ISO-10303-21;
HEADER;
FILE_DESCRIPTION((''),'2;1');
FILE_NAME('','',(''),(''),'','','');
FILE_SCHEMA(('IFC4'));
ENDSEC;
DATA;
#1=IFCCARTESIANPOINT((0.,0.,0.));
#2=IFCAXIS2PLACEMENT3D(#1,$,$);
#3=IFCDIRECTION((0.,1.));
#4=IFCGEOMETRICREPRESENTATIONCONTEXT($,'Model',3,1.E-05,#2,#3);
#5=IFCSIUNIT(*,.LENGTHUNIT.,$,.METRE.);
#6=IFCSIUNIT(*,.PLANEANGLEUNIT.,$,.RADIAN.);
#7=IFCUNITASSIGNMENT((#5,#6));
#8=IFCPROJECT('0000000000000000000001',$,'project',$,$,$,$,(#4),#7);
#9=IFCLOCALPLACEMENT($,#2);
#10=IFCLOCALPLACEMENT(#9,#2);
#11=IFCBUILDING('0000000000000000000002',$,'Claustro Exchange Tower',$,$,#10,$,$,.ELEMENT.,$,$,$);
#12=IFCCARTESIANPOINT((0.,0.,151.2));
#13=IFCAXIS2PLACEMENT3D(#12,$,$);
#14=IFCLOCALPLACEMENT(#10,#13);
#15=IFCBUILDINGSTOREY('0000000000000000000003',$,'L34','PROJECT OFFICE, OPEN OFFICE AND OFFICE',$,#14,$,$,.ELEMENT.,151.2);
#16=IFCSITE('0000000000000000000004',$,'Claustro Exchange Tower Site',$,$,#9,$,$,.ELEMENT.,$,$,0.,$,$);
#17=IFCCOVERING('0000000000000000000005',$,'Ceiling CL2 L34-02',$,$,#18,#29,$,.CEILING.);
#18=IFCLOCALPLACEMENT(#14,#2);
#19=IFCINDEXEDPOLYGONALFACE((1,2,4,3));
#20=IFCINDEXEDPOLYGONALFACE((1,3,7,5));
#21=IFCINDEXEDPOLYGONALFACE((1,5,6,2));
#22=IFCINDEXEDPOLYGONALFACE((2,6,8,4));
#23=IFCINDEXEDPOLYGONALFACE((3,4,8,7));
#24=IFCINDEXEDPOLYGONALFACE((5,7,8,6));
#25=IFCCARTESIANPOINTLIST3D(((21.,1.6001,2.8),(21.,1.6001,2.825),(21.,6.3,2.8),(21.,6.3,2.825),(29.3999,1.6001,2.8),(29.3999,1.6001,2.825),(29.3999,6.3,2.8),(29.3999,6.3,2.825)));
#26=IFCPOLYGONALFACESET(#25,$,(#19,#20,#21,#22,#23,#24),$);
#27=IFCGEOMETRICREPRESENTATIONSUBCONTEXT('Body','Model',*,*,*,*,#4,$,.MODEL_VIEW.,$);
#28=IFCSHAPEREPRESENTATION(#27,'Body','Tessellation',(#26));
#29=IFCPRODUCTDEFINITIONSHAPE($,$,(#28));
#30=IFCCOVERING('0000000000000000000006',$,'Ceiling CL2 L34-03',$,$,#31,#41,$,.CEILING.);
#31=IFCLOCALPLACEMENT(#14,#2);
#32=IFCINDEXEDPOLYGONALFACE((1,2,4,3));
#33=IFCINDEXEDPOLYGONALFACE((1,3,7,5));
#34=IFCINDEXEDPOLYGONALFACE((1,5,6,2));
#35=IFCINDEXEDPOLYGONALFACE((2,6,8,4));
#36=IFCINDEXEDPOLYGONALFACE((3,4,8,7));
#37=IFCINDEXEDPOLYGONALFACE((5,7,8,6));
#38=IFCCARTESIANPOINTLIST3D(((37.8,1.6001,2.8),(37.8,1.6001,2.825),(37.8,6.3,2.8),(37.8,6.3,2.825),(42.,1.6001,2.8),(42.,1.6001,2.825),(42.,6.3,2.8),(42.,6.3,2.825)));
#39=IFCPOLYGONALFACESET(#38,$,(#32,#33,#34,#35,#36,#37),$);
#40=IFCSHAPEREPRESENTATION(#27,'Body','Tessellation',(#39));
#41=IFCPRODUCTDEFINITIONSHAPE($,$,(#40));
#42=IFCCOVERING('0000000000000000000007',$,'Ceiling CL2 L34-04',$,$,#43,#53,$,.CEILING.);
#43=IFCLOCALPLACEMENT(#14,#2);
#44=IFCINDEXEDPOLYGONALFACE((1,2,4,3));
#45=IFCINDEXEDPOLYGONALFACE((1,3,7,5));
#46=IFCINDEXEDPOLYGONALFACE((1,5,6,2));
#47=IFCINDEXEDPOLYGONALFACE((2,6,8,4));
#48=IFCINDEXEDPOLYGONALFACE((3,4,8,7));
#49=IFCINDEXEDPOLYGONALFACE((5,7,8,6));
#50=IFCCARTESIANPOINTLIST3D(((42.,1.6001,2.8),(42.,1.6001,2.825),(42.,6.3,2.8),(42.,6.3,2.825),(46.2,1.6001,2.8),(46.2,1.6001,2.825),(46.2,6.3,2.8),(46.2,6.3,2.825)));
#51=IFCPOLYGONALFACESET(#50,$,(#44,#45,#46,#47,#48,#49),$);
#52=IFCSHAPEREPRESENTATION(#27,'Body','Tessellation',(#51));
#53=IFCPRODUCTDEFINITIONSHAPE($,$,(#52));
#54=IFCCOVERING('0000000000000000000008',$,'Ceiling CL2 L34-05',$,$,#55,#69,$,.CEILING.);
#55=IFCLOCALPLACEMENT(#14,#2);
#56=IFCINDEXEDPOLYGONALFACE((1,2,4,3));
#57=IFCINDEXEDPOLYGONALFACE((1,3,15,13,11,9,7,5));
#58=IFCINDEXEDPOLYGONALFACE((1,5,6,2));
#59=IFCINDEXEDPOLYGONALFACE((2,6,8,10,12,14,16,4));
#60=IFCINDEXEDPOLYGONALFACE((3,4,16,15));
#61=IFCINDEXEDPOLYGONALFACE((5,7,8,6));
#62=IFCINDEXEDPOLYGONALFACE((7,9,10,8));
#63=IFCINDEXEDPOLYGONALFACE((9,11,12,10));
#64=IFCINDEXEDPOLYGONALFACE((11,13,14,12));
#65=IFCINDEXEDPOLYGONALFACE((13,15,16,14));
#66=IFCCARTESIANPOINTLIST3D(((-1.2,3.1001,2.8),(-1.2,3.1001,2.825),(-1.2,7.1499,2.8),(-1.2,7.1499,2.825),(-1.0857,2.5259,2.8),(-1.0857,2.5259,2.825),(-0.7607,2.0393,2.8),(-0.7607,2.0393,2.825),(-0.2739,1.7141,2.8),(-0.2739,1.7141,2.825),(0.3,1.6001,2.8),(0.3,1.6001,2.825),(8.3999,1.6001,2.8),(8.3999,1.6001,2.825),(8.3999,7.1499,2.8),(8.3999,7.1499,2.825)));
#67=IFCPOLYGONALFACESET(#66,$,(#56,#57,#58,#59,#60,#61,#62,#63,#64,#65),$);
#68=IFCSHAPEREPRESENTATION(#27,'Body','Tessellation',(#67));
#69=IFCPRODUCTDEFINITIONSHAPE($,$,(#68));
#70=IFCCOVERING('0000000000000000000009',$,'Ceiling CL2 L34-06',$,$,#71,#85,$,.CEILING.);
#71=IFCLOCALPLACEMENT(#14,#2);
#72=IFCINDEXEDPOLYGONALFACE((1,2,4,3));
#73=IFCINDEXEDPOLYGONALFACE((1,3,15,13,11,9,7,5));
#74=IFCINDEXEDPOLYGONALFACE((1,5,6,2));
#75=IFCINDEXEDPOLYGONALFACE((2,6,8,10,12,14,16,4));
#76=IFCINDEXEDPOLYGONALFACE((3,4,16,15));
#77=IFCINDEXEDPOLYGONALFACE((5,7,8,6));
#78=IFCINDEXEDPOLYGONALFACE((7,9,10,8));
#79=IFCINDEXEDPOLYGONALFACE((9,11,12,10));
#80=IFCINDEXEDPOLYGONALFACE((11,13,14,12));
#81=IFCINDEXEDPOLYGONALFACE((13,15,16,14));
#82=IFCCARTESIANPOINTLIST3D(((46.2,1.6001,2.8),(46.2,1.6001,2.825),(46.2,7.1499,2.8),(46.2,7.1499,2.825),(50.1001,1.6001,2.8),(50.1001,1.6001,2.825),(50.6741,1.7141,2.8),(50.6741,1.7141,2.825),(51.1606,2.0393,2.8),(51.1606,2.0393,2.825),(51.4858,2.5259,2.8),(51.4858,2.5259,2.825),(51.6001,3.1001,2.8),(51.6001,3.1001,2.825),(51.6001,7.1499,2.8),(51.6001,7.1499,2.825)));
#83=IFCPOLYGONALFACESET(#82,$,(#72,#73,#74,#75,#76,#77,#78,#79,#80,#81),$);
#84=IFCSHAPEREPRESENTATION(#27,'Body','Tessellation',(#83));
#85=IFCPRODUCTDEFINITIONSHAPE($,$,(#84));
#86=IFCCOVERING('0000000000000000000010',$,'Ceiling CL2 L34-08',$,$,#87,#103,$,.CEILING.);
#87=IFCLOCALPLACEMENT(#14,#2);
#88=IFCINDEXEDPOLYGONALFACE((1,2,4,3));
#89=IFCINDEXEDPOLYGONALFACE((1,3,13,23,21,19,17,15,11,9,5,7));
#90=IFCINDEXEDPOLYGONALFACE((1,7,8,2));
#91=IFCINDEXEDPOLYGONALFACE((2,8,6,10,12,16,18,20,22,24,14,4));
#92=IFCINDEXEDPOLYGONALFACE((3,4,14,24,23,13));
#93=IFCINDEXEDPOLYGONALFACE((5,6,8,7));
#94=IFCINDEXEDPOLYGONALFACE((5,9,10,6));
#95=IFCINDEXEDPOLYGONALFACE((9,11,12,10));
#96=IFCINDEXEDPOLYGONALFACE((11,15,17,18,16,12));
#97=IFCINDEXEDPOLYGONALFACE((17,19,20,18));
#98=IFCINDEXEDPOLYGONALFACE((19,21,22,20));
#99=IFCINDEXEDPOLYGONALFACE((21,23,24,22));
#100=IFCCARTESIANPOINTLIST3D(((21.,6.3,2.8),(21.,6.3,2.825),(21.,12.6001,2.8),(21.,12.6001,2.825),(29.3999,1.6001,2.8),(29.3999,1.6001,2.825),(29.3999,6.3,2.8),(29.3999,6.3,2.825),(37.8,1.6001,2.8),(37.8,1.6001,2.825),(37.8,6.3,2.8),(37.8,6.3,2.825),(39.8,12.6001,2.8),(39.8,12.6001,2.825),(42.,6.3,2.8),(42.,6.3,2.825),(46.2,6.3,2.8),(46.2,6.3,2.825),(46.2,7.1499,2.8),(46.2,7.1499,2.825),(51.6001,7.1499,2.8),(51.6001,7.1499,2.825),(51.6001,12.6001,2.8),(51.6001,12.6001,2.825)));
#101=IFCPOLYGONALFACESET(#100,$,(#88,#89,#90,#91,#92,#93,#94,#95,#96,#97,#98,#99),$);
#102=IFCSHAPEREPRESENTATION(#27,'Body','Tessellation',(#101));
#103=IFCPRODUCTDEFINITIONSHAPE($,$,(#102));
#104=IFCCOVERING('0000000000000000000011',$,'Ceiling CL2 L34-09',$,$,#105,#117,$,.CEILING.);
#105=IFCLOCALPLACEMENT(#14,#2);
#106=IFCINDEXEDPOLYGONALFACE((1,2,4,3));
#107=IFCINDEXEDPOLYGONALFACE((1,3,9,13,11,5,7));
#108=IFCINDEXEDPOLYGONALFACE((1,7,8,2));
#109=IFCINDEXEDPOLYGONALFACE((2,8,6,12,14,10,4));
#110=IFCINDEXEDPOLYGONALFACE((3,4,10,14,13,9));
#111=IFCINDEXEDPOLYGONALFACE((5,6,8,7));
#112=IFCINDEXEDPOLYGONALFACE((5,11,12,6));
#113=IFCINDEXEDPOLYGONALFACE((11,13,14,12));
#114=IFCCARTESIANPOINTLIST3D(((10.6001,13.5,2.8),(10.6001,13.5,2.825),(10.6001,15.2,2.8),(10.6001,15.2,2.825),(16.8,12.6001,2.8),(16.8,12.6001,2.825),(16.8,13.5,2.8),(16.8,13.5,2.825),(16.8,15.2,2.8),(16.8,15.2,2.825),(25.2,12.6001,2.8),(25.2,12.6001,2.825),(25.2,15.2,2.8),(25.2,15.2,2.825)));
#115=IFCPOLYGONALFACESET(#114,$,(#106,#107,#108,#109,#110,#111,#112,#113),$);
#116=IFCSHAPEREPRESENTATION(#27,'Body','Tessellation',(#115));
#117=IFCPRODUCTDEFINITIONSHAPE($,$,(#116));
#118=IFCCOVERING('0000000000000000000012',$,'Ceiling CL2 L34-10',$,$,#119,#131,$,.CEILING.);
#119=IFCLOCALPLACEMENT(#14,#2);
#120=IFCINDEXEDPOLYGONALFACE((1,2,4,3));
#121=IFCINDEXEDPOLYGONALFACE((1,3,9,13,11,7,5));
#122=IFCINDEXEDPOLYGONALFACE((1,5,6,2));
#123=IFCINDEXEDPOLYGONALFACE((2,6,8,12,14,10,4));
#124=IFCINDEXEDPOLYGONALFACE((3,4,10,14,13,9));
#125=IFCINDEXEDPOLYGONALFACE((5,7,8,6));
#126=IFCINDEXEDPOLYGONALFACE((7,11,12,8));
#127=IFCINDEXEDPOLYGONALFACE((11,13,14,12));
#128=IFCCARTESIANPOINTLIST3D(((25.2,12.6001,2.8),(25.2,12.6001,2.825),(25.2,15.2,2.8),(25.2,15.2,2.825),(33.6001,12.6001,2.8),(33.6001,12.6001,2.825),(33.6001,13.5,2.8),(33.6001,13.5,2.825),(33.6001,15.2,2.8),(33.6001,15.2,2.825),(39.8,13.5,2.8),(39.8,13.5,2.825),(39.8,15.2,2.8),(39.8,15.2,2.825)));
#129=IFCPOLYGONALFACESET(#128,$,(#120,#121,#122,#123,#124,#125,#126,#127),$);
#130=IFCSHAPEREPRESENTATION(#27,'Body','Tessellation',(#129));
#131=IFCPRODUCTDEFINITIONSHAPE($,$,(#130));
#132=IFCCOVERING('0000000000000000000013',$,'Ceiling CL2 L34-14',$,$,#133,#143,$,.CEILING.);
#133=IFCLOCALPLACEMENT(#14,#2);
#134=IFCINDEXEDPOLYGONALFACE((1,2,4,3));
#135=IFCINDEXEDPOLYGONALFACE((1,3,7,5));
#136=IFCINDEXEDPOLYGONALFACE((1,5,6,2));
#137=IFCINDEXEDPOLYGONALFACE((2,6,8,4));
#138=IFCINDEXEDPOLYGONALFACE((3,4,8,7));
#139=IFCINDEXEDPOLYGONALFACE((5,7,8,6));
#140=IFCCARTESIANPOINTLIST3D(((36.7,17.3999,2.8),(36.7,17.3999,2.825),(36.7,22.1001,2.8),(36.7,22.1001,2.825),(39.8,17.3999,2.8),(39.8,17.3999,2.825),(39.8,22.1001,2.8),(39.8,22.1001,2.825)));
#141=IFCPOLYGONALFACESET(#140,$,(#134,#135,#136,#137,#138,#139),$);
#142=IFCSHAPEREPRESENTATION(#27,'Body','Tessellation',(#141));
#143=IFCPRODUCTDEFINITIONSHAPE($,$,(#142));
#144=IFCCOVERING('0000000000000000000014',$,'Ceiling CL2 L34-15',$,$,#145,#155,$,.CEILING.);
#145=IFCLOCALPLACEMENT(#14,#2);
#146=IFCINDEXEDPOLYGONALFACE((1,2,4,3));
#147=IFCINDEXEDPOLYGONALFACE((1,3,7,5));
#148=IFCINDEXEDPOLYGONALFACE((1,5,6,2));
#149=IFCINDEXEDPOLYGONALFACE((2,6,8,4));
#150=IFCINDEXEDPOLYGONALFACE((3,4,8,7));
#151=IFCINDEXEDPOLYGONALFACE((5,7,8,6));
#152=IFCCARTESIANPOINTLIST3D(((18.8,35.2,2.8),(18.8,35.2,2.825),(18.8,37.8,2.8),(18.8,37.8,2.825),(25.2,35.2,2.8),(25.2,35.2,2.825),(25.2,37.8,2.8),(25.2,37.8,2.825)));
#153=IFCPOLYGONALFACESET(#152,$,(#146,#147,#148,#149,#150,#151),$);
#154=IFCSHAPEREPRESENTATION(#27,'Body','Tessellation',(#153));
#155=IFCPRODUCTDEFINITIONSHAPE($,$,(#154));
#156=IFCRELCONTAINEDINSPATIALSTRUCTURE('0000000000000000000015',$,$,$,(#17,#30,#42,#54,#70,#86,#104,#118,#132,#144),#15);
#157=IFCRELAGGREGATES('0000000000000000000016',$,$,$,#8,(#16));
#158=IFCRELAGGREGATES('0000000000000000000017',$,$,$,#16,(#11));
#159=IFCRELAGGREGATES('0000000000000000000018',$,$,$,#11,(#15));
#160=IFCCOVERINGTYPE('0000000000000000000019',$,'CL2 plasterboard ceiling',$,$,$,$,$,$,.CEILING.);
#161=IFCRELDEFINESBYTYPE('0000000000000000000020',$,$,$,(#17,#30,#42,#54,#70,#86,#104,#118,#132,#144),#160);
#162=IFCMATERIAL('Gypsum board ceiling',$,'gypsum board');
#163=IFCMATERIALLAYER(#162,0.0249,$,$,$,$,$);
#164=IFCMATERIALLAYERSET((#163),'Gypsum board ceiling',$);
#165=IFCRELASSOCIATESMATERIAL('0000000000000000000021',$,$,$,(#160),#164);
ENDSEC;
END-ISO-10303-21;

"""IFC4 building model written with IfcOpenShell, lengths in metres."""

from ifc_helpers import new_model, si_unit, direction, frame, origin, place, context, subcontext, project, spatial, polyline, outline, extrude, material, layer, layer_set, type_object, element, save


model = new_model("IFC4")

# Units and contexts
model_context = context("Model", 3, precision=1e-05, world=origin(), true_north=direction((0.0, 1.0)))
body_context = subcontext(model_context, "Body", "Model", "MODEL_VIEW")
ifc_project = project(units=[si_unit("LENGTHUNIT", "METRE"), si_unit("PLANEANGLEUNIT", "RADIAN")], contexts=[model_context])

# Site, building, storey
site_placement = place(None, origin())
site = spatial("IfcSite", under=ifc_project, at=site_placement, Name="Claustro Exchange Tower Site", CompositionType="ELEMENT", RefElevation=0.0)
building_placement = place(site_placement, origin())
building = spatial("IfcBuilding", under=site, at=building_placement, Name="Claustro Exchange Tower", CompositionType="ELEMENT")
storey_placement = place(building_placement, frame((0.0, 0.0, 151.2)))
storey = spatial("IfcBuildingStorey", under=building, at=storey_placement, Name="L34", Description="PROJECT OFFICE, OPEN OFFICE AND OFFICE", CompositionType="ELEMENT", Elevation=151.2)

# Coverings
ifc_material_1 = material(Name="Gypsum board ceiling", Category="gypsum board")
ifc_layer_1 = layer(ifc_material_1, 0.0249)
ifc_layer_set_1 = layer_set([ifc_layer_1], Name="Gypsum board ceiling")
covering_type_1 = type_object("IfcCoveringType", Name="CL2 plasterboard ceiling", PredefinedType="CEILING", material=ifc_layer_set_1)
covering_1_placement = place(storey_placement, frame((0.0, 0.0, 2.8)))
element("IfcCovering", 1, at=covering_1_placement, inside=storey, type_object=covering_type_1, Name="Ceiling CL2 L34-02", PredefinedType="CEILING", context=body_context, shape_type="SweptSolid", body=[
    extrude(outline(polyline([(21.0, 1.6001), (29.3999, 1.6001), (29.3999, 6.3), (21.0, 6.3), (21.0, 1.6001)])), origin(), (0.0, 0.0, 1.0), 0.0249),
])
covering_2_placement = place(storey_placement, frame((0.0, 0.0, 2.8)))
element("IfcCovering", 2, at=covering_2_placement, inside=storey, type_object=covering_type_1, Name="Ceiling CL2 L34-03", PredefinedType="CEILING", context=body_context, shape_type="SweptSolid", body=[
    extrude(outline(polyline([(37.8, 1.6001), (42.0, 1.6001), (42.0, 6.3), (37.8, 6.3), (37.8, 1.6001)])), origin(), (0.0, 0.0, 1.0), 0.0249),
])
covering_3_placement = place(storey_placement, frame((0.0, 0.0, 2.8)))
element("IfcCovering", 3, at=covering_3_placement, inside=storey, type_object=covering_type_1, Name="Ceiling CL2 L34-04", PredefinedType="CEILING", context=body_context, shape_type="SweptSolid", body=[
    extrude(outline(polyline([(42.0, 1.6001), (46.2, 1.6001), (46.2, 6.3), (42.0, 6.3), (42.0, 1.6001)])), origin(), (0.0, 0.0, 1.0), 0.0249),
])
covering_4_placement = place(storey_placement, frame((0.0, 0.0, 2.8)))
element("IfcCovering", 4, at=covering_4_placement, inside=storey, type_object=covering_type_1, Name="Ceiling CL2 L34-05", PredefinedType="CEILING", context=body_context, shape_type="SweptSolid", body=[
    extrude(outline(polyline([(-1.0857, 2.5259), (-0.7607, 2.0393), (-0.2739, 1.7141), (0.3, 1.6001), (8.3999, 1.6001), (8.3999, 7.1499), (-1.2, 7.1499), (-1.2, 3.1001), (-1.0857, 2.5259)])), origin(), (0.0, 0.0, 1.0), 0.0249),
])
covering_5_placement = place(storey_placement, frame((0.0, 0.0, 2.8)))
element("IfcCovering", 5, at=covering_5_placement, inside=storey, type_object=covering_type_1, Name="Ceiling CL2 L34-06", PredefinedType="CEILING", context=body_context, shape_type="SweptSolid", body=[
    extrude(outline(polyline([(51.6001, 3.1001), (51.6001, 7.1499), (46.2, 7.1499), (46.2, 1.6001), (50.1001, 1.6001), (50.6741, 1.7141), (51.1606, 2.0393), (51.4858, 2.5259), (51.6001, 3.1001)])), origin(), (0.0, 0.0, 1.0), 0.0249),
])
covering_6_placement = place(storey_placement, frame((0.0, 0.0, 2.8)))
element("IfcCovering", 6, at=covering_6_placement, inside=storey, type_object=covering_type_1, Name="Ceiling CL2 L34-08", PredefinedType="CEILING", context=body_context, shape_type="SweptSolid", body=[
    extrude(outline(polyline([(51.6001, 12.6001), (39.8, 12.6001), (21.0, 12.6001), (21.0, 6.3), (29.3999, 6.3), (29.3999, 1.6001), (37.8, 1.6001), (37.8, 6.3), (42.0, 6.3), (46.2, 6.3), (46.2, 7.1499), (51.6001, 7.1499), (51.6001, 12.6001)])), origin(), (0.0, 0.0, 1.0), 0.0249),
])
covering_7_placement = place(storey_placement, frame((0.0, 0.0, 2.8)))
element("IfcCovering", 7, at=covering_7_placement, inside=storey, type_object=covering_type_1, Name="Ceiling CL2 L34-09", PredefinedType="CEILING", context=body_context, shape_type="SweptSolid", body=[
    extrude(outline(polyline([(10.6001, 15.2), (10.6001, 13.5), (16.8, 13.5), (16.8, 12.6001), (25.2, 12.6001), (25.2, 15.2), (16.8, 15.2), (10.6001, 15.2)])), origin(), (0.0, 0.0, 1.0), 0.0249),
])
covering_8_placement = place(storey_placement, frame((0.0, 0.0, 2.8)))
element("IfcCovering", 8, at=covering_8_placement, inside=storey, type_object=covering_type_1, Name="Ceiling CL2 L34-10", PredefinedType="CEILING", context=body_context, shape_type="SweptSolid", body=[
    extrude(outline(polyline([(39.8, 13.5), (39.8, 15.2), (33.6001, 15.2), (25.2, 15.2), (25.2, 12.6001), (33.6001, 12.6001), (33.6001, 13.5), (39.8, 13.5)])), origin(), (0.0, 0.0, 1.0), 0.0249),
])
covering_9_placement = place(storey_placement, frame((0.0, 0.0, 2.8)))
element("IfcCovering", 9, at=covering_9_placement, inside=storey, type_object=covering_type_1, Name="Ceiling CL2 L34-14", PredefinedType="CEILING", context=body_context, shape_type="SweptSolid", body=[
    extrude(outline(polyline([(39.8, 17.3999), (39.8, 22.1001), (36.7, 22.1001), (36.7, 17.3999), (39.8, 17.3999)])), origin(), (0.0, 0.0, 1.0), 0.0249),
])
covering_10_placement = place(storey_placement, frame((0.0, 0.0, 2.8)))
element("IfcCovering", 10, at=covering_10_placement, inside=storey, type_object=covering_type_1, Name="Ceiling CL2 L34-15", PredefinedType="CEILING", context=body_context, shape_type="SweptSolid", body=[
    extrude(outline(polyline([(18.8, 35.2), (25.2, 35.2), (25.2, 37.8), (18.8, 37.8), (18.8, 35.2)])), origin(), (0.0, 0.0, 1.0), 0.0249),
])

save(model, "model.ifc")
